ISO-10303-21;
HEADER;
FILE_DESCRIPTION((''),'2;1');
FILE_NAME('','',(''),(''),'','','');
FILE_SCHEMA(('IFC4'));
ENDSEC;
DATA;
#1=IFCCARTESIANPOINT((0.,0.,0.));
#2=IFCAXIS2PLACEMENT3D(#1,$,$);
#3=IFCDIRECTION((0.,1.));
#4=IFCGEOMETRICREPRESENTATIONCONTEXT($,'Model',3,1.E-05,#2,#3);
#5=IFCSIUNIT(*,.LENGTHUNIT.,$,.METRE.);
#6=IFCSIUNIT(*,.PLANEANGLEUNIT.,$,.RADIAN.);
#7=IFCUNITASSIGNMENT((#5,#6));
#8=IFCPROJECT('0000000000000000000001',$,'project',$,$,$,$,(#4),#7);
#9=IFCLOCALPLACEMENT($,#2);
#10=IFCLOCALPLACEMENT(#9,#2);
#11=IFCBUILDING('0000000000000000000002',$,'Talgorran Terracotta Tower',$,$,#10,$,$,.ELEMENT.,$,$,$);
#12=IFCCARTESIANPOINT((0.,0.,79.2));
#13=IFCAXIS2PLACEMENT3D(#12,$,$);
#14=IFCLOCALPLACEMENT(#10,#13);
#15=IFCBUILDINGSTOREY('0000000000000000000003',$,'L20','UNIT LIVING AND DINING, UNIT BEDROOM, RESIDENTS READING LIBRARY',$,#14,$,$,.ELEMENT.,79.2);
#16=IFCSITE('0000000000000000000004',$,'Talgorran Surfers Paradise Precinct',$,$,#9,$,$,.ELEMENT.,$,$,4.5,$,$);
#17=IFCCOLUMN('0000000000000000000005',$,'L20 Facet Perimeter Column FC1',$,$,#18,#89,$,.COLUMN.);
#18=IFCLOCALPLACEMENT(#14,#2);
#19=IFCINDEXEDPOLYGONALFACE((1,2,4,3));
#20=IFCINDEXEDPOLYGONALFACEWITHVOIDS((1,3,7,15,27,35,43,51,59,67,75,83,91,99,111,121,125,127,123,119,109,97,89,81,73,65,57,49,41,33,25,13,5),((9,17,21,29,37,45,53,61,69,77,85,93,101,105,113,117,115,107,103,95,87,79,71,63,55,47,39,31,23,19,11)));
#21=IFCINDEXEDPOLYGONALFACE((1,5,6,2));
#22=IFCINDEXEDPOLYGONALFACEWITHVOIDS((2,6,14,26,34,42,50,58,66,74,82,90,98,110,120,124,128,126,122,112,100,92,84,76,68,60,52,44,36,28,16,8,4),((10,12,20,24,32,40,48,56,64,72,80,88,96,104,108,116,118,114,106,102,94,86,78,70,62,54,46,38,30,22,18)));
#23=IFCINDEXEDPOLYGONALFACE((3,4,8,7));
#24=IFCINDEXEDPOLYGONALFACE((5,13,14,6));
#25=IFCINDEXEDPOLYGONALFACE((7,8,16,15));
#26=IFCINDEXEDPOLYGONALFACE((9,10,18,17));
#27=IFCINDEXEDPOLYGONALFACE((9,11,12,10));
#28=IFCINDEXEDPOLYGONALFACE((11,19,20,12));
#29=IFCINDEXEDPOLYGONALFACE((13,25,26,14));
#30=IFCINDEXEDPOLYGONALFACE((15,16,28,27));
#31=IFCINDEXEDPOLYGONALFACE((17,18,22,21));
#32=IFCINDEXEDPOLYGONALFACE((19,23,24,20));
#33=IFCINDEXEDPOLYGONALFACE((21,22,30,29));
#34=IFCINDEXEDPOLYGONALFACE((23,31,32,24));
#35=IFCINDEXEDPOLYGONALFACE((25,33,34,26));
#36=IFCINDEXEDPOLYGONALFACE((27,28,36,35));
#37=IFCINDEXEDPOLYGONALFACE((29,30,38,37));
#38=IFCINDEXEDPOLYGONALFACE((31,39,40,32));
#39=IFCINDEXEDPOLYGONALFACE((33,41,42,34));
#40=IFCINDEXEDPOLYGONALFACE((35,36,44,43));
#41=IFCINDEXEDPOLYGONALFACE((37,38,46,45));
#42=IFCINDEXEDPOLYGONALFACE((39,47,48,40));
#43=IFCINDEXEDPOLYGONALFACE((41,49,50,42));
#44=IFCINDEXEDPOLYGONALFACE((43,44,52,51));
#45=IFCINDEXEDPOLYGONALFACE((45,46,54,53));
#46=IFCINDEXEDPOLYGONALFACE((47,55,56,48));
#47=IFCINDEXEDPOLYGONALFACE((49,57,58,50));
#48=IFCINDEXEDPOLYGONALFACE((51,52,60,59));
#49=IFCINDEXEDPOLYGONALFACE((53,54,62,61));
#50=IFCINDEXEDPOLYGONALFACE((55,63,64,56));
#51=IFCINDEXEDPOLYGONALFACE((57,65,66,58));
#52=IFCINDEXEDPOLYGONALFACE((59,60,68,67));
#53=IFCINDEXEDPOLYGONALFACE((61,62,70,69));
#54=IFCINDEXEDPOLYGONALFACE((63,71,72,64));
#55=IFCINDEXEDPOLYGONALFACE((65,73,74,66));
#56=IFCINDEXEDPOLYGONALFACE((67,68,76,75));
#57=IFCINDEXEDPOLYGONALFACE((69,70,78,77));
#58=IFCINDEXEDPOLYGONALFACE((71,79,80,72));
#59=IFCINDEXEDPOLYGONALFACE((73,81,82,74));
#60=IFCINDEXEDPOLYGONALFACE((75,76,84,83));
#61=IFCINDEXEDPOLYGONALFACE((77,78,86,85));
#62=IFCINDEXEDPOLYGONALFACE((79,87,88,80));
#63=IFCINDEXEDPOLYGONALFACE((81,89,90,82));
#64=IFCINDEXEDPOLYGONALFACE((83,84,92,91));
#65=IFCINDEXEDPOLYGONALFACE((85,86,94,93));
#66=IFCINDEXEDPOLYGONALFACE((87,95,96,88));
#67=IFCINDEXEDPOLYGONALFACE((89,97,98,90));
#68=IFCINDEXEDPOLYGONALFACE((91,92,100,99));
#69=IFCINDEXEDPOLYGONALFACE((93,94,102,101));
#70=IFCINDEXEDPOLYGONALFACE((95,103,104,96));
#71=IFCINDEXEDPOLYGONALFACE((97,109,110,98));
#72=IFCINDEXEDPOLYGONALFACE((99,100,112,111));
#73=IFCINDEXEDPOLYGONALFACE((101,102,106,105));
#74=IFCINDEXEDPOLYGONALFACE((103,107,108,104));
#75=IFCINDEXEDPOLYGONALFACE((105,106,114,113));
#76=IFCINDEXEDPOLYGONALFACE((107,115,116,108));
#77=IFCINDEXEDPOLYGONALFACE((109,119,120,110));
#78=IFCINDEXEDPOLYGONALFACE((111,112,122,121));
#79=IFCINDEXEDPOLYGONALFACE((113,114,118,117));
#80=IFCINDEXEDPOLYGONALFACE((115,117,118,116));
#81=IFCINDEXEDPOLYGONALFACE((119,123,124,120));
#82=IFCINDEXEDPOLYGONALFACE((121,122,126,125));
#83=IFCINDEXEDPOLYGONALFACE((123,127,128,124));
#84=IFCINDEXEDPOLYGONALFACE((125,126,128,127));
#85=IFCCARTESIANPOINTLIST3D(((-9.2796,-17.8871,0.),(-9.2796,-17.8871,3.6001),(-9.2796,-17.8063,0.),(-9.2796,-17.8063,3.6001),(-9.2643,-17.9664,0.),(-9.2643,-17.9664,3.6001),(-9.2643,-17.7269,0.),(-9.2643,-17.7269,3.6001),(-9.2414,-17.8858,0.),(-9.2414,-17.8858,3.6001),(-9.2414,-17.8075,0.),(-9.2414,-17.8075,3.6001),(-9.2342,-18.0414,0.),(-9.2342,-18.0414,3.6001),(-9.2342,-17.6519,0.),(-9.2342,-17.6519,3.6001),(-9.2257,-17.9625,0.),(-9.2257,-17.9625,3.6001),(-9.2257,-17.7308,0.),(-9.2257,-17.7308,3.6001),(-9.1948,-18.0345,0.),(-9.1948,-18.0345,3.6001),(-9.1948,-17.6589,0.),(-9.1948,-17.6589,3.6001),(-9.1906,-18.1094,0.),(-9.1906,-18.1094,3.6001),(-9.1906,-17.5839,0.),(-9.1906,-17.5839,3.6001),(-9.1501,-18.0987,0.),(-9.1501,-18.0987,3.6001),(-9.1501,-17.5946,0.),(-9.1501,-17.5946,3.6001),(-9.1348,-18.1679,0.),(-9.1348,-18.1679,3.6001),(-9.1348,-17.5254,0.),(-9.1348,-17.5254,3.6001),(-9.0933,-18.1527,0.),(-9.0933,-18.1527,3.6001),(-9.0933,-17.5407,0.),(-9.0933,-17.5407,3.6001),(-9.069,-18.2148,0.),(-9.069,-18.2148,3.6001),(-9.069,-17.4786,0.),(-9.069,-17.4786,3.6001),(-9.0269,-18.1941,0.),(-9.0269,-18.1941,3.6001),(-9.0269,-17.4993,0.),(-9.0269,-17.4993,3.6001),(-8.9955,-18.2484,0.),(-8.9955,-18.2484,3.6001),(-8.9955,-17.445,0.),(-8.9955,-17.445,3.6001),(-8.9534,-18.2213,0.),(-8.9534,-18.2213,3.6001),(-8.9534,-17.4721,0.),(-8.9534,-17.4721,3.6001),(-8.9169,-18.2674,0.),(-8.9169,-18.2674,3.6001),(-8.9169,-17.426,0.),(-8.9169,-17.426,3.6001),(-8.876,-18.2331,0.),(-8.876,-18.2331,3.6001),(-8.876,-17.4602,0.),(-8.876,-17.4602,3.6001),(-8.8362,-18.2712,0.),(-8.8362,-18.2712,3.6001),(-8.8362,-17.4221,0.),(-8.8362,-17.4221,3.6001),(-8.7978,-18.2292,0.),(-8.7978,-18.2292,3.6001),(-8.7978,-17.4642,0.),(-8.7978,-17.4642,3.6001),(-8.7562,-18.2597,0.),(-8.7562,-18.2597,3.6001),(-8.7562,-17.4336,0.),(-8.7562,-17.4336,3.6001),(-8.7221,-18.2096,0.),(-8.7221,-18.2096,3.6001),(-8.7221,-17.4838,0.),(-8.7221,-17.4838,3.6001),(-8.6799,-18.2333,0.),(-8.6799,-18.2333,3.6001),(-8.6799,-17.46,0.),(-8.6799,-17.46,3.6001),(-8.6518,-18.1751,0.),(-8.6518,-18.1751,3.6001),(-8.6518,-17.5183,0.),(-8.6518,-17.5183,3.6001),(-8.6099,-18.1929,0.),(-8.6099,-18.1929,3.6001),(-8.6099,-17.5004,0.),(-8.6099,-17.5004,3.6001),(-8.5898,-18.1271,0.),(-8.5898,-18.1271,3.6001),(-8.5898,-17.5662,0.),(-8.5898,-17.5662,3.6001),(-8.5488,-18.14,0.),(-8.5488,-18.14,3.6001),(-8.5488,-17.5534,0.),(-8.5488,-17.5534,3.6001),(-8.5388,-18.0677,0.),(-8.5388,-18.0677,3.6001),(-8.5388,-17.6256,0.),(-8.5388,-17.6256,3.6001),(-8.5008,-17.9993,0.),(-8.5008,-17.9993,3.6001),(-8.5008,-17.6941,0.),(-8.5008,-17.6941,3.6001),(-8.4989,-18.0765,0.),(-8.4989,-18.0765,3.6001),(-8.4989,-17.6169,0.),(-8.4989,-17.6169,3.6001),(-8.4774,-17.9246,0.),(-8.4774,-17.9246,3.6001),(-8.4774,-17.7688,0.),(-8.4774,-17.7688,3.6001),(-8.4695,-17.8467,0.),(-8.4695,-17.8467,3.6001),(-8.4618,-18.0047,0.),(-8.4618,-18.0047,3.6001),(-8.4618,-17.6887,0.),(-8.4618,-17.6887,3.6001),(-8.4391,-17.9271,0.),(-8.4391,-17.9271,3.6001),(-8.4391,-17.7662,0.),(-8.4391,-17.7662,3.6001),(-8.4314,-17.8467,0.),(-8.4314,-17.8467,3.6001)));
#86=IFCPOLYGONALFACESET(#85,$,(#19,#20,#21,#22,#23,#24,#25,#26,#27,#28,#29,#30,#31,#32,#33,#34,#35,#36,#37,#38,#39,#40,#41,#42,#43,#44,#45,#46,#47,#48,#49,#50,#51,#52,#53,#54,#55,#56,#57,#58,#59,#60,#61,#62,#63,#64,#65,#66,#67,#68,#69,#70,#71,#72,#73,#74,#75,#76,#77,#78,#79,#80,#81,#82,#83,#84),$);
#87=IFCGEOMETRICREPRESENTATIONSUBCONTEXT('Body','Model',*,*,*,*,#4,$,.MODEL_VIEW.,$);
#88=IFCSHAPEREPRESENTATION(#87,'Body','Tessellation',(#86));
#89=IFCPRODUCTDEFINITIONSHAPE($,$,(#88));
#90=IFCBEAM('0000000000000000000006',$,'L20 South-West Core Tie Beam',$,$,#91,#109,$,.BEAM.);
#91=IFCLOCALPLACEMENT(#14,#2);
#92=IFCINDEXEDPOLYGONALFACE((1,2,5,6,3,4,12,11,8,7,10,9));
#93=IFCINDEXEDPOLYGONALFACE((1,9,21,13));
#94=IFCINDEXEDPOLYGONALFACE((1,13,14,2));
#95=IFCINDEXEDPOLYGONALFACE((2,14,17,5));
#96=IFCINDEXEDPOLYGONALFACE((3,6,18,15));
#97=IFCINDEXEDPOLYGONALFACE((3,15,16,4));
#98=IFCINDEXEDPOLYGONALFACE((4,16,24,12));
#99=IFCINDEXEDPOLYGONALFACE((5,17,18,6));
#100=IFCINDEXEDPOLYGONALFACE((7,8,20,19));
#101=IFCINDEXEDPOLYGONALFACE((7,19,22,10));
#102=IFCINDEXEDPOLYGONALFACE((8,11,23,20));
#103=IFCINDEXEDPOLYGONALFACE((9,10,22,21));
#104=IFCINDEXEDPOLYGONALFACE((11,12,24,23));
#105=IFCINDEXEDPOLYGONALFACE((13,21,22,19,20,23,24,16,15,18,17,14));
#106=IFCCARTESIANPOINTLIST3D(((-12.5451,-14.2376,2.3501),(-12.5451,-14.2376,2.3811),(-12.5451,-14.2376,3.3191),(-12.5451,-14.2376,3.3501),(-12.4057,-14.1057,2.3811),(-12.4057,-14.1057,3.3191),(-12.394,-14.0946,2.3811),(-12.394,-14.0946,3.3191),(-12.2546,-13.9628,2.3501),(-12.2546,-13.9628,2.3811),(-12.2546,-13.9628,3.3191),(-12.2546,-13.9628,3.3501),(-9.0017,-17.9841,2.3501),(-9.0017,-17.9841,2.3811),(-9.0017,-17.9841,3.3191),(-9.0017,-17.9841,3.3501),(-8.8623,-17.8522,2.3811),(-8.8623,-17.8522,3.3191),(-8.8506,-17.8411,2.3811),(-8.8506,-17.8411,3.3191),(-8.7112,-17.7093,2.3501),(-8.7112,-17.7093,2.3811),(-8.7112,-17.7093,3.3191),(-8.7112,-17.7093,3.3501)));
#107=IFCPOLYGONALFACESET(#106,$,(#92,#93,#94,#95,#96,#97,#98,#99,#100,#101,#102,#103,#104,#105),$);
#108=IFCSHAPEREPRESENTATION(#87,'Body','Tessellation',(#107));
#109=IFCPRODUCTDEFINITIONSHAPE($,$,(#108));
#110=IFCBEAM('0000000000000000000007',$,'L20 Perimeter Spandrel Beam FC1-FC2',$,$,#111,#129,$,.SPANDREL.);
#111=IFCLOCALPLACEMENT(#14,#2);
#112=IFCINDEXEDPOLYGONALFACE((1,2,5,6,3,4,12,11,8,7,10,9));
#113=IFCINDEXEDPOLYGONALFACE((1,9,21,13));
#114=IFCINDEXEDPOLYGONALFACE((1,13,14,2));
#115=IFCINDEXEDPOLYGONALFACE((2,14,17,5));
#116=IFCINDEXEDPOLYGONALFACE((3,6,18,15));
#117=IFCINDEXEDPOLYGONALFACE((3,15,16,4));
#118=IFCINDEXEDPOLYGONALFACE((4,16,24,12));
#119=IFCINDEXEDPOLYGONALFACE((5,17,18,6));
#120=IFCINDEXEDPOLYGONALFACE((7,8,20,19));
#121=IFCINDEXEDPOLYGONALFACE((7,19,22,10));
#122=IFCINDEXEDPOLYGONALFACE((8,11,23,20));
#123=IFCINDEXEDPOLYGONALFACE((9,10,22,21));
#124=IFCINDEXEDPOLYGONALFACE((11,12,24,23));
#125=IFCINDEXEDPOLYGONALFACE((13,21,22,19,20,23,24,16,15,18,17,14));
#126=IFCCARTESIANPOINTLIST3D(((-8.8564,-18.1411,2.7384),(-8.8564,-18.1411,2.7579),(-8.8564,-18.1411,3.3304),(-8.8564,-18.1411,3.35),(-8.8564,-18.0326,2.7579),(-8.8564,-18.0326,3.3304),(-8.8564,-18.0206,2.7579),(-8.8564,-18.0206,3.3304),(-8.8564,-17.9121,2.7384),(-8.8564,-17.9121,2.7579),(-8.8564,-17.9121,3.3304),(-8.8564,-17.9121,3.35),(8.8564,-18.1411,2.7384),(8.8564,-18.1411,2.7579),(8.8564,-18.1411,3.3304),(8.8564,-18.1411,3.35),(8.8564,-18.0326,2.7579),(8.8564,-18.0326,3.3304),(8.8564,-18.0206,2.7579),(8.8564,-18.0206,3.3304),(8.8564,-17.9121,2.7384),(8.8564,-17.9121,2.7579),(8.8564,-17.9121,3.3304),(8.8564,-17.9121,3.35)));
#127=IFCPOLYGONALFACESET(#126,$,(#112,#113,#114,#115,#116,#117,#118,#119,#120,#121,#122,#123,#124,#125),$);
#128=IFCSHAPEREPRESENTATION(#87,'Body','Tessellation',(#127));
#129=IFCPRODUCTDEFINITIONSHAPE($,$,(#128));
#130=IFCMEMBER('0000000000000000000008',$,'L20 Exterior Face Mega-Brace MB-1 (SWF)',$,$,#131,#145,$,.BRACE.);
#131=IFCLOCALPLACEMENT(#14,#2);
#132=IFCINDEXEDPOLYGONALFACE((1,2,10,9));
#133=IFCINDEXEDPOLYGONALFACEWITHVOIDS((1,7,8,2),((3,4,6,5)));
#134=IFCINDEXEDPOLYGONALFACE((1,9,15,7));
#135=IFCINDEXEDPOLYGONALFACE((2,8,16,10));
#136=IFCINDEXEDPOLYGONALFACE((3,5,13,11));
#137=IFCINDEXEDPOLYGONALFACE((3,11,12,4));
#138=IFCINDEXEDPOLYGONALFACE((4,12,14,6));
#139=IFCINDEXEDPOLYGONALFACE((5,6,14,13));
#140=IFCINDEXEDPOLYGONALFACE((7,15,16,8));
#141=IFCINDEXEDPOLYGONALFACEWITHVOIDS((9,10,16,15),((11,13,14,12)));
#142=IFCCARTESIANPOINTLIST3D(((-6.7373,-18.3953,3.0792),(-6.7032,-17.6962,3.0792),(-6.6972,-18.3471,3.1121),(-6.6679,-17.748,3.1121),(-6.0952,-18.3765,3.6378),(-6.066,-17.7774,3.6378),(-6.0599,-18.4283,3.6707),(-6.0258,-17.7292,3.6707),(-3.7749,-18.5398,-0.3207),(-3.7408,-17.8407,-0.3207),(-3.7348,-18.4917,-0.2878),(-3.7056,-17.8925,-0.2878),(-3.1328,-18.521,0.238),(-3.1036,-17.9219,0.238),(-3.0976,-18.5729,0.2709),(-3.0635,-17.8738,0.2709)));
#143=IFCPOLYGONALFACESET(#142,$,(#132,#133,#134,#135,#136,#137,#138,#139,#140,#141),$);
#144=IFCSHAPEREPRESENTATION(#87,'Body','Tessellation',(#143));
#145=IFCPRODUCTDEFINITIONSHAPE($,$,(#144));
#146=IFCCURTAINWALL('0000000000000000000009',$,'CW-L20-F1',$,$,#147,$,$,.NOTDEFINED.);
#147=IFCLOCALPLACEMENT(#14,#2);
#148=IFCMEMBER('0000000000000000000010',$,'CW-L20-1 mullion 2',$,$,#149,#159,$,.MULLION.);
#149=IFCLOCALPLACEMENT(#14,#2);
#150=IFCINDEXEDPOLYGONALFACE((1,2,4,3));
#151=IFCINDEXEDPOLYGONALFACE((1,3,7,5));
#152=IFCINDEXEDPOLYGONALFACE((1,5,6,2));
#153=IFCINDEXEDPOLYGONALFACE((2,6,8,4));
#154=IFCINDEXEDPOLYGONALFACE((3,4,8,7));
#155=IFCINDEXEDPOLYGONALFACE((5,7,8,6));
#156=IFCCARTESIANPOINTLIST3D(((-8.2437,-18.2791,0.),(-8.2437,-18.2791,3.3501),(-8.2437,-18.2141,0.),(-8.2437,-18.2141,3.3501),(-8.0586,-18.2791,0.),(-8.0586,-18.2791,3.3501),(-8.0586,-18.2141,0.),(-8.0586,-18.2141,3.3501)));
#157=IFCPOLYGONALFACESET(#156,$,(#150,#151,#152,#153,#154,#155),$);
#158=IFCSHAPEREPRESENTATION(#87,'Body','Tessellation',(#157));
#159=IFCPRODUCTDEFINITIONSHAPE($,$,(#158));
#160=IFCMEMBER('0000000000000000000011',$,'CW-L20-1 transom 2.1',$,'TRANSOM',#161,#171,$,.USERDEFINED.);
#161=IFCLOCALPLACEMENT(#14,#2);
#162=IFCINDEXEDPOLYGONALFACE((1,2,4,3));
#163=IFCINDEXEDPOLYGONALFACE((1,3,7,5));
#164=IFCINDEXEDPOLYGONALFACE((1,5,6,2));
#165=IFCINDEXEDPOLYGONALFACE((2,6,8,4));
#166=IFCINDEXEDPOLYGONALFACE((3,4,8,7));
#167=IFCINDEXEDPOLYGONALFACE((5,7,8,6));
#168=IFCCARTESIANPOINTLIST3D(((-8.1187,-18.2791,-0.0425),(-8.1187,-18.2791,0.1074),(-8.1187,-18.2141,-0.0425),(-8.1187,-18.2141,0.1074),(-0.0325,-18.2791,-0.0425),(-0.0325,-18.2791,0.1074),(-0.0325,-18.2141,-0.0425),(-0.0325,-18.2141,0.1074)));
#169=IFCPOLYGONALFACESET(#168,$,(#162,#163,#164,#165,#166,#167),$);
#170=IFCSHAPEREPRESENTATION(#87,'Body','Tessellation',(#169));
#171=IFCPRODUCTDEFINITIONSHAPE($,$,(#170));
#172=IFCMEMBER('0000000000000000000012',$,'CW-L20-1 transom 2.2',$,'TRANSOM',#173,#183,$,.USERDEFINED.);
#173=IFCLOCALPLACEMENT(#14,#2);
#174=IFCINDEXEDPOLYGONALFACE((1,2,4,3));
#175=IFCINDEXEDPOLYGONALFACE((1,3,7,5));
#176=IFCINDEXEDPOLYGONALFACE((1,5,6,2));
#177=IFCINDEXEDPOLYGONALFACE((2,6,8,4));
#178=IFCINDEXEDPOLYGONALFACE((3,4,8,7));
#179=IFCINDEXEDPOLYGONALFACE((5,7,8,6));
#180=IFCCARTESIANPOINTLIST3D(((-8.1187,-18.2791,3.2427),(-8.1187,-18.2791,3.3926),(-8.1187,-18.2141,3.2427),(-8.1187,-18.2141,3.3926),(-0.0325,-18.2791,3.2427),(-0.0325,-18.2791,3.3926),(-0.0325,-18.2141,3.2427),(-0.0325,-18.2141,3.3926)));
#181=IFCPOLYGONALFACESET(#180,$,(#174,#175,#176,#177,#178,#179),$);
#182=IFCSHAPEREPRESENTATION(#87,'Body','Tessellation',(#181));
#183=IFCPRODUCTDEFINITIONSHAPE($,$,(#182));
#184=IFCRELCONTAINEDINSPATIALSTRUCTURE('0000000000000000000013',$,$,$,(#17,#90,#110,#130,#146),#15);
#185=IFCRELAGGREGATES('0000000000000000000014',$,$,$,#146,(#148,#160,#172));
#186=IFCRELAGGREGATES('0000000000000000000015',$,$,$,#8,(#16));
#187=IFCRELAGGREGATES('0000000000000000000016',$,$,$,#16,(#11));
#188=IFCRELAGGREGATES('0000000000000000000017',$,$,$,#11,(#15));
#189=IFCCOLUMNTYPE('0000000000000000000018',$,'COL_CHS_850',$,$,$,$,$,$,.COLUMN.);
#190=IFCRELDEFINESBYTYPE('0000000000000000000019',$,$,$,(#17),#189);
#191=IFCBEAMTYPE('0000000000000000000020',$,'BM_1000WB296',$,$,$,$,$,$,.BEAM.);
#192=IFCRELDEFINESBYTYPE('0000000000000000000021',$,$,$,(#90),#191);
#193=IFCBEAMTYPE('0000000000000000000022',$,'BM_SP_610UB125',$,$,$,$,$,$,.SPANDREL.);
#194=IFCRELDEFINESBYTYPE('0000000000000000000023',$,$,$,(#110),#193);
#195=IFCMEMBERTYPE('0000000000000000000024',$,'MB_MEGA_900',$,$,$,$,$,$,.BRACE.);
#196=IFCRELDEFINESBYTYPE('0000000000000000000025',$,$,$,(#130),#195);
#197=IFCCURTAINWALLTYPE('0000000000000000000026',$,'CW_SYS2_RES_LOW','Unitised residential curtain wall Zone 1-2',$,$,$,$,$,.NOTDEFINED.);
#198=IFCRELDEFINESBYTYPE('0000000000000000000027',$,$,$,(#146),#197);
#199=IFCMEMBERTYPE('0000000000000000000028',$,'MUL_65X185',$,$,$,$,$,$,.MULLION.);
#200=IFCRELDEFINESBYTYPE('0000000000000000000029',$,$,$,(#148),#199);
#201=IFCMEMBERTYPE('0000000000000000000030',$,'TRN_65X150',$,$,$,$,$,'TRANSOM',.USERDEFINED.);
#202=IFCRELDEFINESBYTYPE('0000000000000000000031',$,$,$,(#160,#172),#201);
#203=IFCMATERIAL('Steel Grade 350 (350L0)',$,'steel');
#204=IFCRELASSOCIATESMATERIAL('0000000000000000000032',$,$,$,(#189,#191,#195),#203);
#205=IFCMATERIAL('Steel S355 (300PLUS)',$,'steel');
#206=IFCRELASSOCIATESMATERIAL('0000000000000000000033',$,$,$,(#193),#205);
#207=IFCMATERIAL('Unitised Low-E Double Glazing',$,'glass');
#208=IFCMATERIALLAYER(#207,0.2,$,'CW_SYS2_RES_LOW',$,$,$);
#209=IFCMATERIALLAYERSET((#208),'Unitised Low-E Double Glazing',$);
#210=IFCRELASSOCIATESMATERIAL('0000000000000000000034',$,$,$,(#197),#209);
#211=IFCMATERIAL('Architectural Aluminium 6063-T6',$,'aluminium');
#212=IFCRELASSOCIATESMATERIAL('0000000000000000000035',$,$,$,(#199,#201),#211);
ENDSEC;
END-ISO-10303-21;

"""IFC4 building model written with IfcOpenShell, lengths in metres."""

from ifc_helpers import new_model, si_unit, direction, frame, origin, origin_2d, place, context, subcontext, project, spatial, rectangle, hollow_rectangle, hollow_circle, i_section, extrude, material, layer, layer_set, material_profile, profile_set, type_object, element, aggregate, save


model = new_model("IFC4")

# Units and contexts
model_context = context("Model", 3, precision=1e-05, world=origin(), true_north=direction((0.0, 1.0)))
body_context = subcontext(model_context, "Body", "Model", "MODEL_VIEW")
ifc_project = project(units=[si_unit("LENGTHUNIT", "METRE"), si_unit("PLANEANGLEUNIT", "RADIAN")], contexts=[model_context])

# Site, building, storey
site_placement = place(None, origin())
site = spatial("IfcSite", under=ifc_project, at=site_placement, Name="Talgorran Surfers Paradise Precinct", CompositionType="ELEMENT", RefElevation=4.5)
building_placement = place(site_placement, origin())
building = spatial("IfcBuilding", under=site, at=building_placement, Name="Talgorran Terracotta Tower", CompositionType="ELEMENT")
storey_placement = place(building_placement, frame((0.0, 0.0, 79.2)))
storey = spatial("IfcBuildingStorey", under=building, at=storey_placement, Name="L20", Description="UNIT LIVING AND DINING, UNIT BEDROOM, RESIDENTS READING LIBRARY", CompositionType="ELEMENT", Elevation=79.2)

# Column
ifc_material_1 = material(Name="Steel Grade 350 (350L0)", Category="steel")
ifc_material_profile_1 = material_profile(ifc_material_1, hollow_circle(Radius=0.425, WallThickness=0.0381, at=origin_2d()), Name="CHS850X38")
ifc_profile_set_1 = profile_set([ifc_material_profile_1], Name="Steel Grade 350 (350L0)")
column_type = type_object("IfcColumnType", Name="COL_CHS_850", PredefinedType="COLUMN", material=ifc_profile_set_1)
column_placement = place(storey_placement, frame((-8.8564, -17.8467, 0.0), z_axis=(0.0, 0.0, 1.0), x_axis=(1.0, 0.0, 0.0)))
element("IfcColumn", 1, at=column_placement, inside=storey, type_object=column_type, Name="L20 Facet Perimeter Column FC1", PredefinedType="COLUMN", context=body_context, shape_type="SweptSolid", body=[
    extrude(hollow_circle(Radius=0.425, WallThickness=0.0381, at=origin_2d()), origin(), (0.0, 0.0, 1.0), 3.6001),
])

# Beams
ifc_material_profile_2 = material_profile(ifc_material_1, i_section(OverallWidth=0.3999, OverallDepth=1.0, WebThickness=0.0161, FlangeThickness=0.031, at=origin_2d()), Name="1000WB296")
ifc_profile_set_2 = profile_set([ifc_material_profile_2], Name="Steel Grade 350 (350L0)")
beam_type_1 = type_object("IfcBeamType", Name="BM_1000WB296", PredefinedType="BEAM", material=ifc_profile_set_2)
beam_1_placement = place(storey_placement, frame((-8.8564, -17.8467, 2.8501), z_axis=(-0.687138, 0.726527, 0.0), x_axis=(-0.726527, -0.687138, 0.0)))
element("IfcBeam", 2, at=beam_1_placement, inside=storey, type_object=beam_type_1, Name="L20 South-West Core Tie Beam", PredefinedType="BEAM", context=body_context, shape_type="SweptSolid", body=[
    extrude(i_section(OverallWidth=0.3999, OverallDepth=1.0, WebThickness=0.0161, FlangeThickness=0.031, at=origin_2d()), origin(), (0.0, 0.0, 1.0), 5.1567),
])
ifc_material_2 = material(Name="Steel S355 (300PLUS)", Category="steel")
ifc_material_profile_3 = material_profile(ifc_material_2, i_section(OverallWidth=0.229, OverallDepth=0.6116, WebThickness=0.012, FlangeThickness=0.0195, at=origin_2d()), Name="610UB125")
ifc_profile_set_3 = profile_set([ifc_material_profile_3], Name="Steel S355 (300PLUS)")
beam_type_2 = type_object("IfcBeamType", Name="BM_SP_610UB125", PredefinedType="SPANDREL", material=ifc_profile_set_3)
beam_2_placement = place(storey_placement, frame((-8.8564, -18.0266, 3.0442), z_axis=(1.0, 0.0, 0.0), x_axis=(0.0, 1.0, 0.0)))
element("IfcBeam", 3, at=beam_2_placement, inside=storey, type_object=beam_type_2, Name="L20 Perimeter Spandrel Beam FC1-FC2", PredefinedType="SPANDREL", context=body_context, shape_type="SweptSolid", body=[
    extrude(i_section(OverallWidth=0.229, OverallDepth=0.6116, WebThickness=0.012, FlangeThickness=0.0195, at=origin_2d()), origin(), (0.0, 0.0, 1.0), 17.7129),
])

# Member
ifc_material_profile_4 = material_profile(ifc_material_1, hollow_rectangle(XDim=0.7, YDim=0.8999, WallThickness=0.05, at=origin_2d()), Name="WBOX900X700X50")
ifc_profile_set_4 = profile_set([ifc_material_profile_4], Name="Steel Grade 350 (350L0)")
member_type_1 = type_object("IfcMemberType", Name="MB_MEGA_900", PredefinedType="BRACE", material=ifc_profile_set_4)
member_1_placement = place(storey_placement, frame((-3.4192, -18.2068, -0.0249), z_axis=(-0.656595, 0.032034, 0.753563), x_axis=(-0.048731, -0.998812, 0.0)))
element("IfcMember", 4, at=member_1_placement, inside=storey, type_object=member_type_1, Name="L20 Exterior Face Mega-Brace MB-1 (SWF)", PredefinedType="BRACE", context=body_context, shape_type="SweptSolid", body=[
    extrude(hollow_rectangle(XDim=0.7, YDim=0.8999, WallThickness=0.05, at=origin_2d()), origin(), (0.0, 0.0, 1.0), 4.5117),
])

# Curtain wall, members
ifc_material_3 = material(Name="Unitised Low-E Double Glazing", Category="glass")
ifc_layer_1 = layer(ifc_material_3, 0.2, Name="CW_SYS2_RES_LOW")
ifc_layer_set_1 = layer_set([ifc_layer_1], Name="Unitised Low-E Double Glazing")
curtain_wall_type = type_object("IfcCurtainWallType", Name="CW_SYS2_RES_LOW", Description="Unitised residential curtain wall Zone 1-2", PredefinedType="NOTDEFINED", material=ifc_layer_set_1)
curtain_wall_placement = place(storey_placement, origin())
curtain_wall = element("IfcCurtainWall", 5, at=curtain_wall_placement, inside=storey, type_object=curtain_wall_type, Name="CW-L20-F1", PredefinedType="NOTDEFINED")
ifc_material_4 = material(Name="Architectural Aluminium 6063-T6", Category="aluminium")
ifc_material_profile_5 = material_profile(ifc_material_4, rectangle(XDim=0.0649, YDim=0.1851, at=origin_2d()), Name="CWM65X185")
ifc_profile_set_5 = profile_set([ifc_material_profile_5], Name="Architectural Aluminium 6063-T6")
member_type_2 = type_object("IfcMemberType", Name="MUL_65X185", PredefinedType="MULLION", material=ifc_profile_set_5)
member_2_placement = place(storey_placement, frame((-8.1511, -18.2466, 0.0), z_axis=(0.0, 0.0, 1.0), x_axis=(0.0, 1.0, 0.0)))
member_2 = element("IfcMember", 6, at=member_2_placement, type_object=member_type_2, Name="CW-L20-1 mullion 2", PredefinedType="MULLION", context=body_context, shape_type="SweptSolid", body=[
    extrude(rectangle(XDim=0.0649, YDim=0.1851, at=origin_2d()), origin(), (0.0, 0.0, 1.0), 3.3501),
])
ifc_material_profile_6 = material_profile(ifc_material_4, rectangle(XDim=0.0649, YDim=0.1499, at=origin_2d()), Name="CWT65X150")
ifc_profile_set_6 = profile_set([ifc_material_profile_6], Name="Architectural Aluminium 6063-T6")
member_type_3 = type_object("IfcMemberType", Name="TRN_65X150", ElementType="TRANSOM", PredefinedType="USERDEFINED", material=ifc_profile_set_6)
member_3_placement = place(storey_placement, frame((-8.1187, -18.2466, 0.0325), z_axis=(1.0, 0.0, 0.0), x_axis=(0.0, 1.0, 0.0)))
member_3 = element("IfcMember", 7, at=member_3_placement, type_object=member_type_3, Name="CW-L20-1 transom 2.1", ObjectType="TRANSOM", PredefinedType="USERDEFINED", context=body_context, shape_type="SweptSolid", body=[
    extrude(rectangle(XDim=0.0649, YDim=0.1499, at=origin_2d()), origin(), (0.0, 0.0, 1.0), 8.0862),
])
member_4_placement = place(storey_placement, frame((-8.1187, -18.2466, 3.3176), z_axis=(1.0, 0.0, 0.0), x_axis=(0.0, 1.0, 0.0)))
member_4 = element("IfcMember", 8, at=member_4_placement, type_object=member_type_3, Name="CW-L20-1 transom 2.2", ObjectType="TRANSOM", PredefinedType="USERDEFINED", context=body_context, shape_type="SweptSolid", body=[
    extrude(rectangle(XDim=0.0649, YDim=0.1499, at=origin_2d()), origin(), (0.0, 0.0, 1.0), 8.0862),
])

aggregate(curtain_wall, [member_2, member_3, member_4])

save(model, "model.ifc")
